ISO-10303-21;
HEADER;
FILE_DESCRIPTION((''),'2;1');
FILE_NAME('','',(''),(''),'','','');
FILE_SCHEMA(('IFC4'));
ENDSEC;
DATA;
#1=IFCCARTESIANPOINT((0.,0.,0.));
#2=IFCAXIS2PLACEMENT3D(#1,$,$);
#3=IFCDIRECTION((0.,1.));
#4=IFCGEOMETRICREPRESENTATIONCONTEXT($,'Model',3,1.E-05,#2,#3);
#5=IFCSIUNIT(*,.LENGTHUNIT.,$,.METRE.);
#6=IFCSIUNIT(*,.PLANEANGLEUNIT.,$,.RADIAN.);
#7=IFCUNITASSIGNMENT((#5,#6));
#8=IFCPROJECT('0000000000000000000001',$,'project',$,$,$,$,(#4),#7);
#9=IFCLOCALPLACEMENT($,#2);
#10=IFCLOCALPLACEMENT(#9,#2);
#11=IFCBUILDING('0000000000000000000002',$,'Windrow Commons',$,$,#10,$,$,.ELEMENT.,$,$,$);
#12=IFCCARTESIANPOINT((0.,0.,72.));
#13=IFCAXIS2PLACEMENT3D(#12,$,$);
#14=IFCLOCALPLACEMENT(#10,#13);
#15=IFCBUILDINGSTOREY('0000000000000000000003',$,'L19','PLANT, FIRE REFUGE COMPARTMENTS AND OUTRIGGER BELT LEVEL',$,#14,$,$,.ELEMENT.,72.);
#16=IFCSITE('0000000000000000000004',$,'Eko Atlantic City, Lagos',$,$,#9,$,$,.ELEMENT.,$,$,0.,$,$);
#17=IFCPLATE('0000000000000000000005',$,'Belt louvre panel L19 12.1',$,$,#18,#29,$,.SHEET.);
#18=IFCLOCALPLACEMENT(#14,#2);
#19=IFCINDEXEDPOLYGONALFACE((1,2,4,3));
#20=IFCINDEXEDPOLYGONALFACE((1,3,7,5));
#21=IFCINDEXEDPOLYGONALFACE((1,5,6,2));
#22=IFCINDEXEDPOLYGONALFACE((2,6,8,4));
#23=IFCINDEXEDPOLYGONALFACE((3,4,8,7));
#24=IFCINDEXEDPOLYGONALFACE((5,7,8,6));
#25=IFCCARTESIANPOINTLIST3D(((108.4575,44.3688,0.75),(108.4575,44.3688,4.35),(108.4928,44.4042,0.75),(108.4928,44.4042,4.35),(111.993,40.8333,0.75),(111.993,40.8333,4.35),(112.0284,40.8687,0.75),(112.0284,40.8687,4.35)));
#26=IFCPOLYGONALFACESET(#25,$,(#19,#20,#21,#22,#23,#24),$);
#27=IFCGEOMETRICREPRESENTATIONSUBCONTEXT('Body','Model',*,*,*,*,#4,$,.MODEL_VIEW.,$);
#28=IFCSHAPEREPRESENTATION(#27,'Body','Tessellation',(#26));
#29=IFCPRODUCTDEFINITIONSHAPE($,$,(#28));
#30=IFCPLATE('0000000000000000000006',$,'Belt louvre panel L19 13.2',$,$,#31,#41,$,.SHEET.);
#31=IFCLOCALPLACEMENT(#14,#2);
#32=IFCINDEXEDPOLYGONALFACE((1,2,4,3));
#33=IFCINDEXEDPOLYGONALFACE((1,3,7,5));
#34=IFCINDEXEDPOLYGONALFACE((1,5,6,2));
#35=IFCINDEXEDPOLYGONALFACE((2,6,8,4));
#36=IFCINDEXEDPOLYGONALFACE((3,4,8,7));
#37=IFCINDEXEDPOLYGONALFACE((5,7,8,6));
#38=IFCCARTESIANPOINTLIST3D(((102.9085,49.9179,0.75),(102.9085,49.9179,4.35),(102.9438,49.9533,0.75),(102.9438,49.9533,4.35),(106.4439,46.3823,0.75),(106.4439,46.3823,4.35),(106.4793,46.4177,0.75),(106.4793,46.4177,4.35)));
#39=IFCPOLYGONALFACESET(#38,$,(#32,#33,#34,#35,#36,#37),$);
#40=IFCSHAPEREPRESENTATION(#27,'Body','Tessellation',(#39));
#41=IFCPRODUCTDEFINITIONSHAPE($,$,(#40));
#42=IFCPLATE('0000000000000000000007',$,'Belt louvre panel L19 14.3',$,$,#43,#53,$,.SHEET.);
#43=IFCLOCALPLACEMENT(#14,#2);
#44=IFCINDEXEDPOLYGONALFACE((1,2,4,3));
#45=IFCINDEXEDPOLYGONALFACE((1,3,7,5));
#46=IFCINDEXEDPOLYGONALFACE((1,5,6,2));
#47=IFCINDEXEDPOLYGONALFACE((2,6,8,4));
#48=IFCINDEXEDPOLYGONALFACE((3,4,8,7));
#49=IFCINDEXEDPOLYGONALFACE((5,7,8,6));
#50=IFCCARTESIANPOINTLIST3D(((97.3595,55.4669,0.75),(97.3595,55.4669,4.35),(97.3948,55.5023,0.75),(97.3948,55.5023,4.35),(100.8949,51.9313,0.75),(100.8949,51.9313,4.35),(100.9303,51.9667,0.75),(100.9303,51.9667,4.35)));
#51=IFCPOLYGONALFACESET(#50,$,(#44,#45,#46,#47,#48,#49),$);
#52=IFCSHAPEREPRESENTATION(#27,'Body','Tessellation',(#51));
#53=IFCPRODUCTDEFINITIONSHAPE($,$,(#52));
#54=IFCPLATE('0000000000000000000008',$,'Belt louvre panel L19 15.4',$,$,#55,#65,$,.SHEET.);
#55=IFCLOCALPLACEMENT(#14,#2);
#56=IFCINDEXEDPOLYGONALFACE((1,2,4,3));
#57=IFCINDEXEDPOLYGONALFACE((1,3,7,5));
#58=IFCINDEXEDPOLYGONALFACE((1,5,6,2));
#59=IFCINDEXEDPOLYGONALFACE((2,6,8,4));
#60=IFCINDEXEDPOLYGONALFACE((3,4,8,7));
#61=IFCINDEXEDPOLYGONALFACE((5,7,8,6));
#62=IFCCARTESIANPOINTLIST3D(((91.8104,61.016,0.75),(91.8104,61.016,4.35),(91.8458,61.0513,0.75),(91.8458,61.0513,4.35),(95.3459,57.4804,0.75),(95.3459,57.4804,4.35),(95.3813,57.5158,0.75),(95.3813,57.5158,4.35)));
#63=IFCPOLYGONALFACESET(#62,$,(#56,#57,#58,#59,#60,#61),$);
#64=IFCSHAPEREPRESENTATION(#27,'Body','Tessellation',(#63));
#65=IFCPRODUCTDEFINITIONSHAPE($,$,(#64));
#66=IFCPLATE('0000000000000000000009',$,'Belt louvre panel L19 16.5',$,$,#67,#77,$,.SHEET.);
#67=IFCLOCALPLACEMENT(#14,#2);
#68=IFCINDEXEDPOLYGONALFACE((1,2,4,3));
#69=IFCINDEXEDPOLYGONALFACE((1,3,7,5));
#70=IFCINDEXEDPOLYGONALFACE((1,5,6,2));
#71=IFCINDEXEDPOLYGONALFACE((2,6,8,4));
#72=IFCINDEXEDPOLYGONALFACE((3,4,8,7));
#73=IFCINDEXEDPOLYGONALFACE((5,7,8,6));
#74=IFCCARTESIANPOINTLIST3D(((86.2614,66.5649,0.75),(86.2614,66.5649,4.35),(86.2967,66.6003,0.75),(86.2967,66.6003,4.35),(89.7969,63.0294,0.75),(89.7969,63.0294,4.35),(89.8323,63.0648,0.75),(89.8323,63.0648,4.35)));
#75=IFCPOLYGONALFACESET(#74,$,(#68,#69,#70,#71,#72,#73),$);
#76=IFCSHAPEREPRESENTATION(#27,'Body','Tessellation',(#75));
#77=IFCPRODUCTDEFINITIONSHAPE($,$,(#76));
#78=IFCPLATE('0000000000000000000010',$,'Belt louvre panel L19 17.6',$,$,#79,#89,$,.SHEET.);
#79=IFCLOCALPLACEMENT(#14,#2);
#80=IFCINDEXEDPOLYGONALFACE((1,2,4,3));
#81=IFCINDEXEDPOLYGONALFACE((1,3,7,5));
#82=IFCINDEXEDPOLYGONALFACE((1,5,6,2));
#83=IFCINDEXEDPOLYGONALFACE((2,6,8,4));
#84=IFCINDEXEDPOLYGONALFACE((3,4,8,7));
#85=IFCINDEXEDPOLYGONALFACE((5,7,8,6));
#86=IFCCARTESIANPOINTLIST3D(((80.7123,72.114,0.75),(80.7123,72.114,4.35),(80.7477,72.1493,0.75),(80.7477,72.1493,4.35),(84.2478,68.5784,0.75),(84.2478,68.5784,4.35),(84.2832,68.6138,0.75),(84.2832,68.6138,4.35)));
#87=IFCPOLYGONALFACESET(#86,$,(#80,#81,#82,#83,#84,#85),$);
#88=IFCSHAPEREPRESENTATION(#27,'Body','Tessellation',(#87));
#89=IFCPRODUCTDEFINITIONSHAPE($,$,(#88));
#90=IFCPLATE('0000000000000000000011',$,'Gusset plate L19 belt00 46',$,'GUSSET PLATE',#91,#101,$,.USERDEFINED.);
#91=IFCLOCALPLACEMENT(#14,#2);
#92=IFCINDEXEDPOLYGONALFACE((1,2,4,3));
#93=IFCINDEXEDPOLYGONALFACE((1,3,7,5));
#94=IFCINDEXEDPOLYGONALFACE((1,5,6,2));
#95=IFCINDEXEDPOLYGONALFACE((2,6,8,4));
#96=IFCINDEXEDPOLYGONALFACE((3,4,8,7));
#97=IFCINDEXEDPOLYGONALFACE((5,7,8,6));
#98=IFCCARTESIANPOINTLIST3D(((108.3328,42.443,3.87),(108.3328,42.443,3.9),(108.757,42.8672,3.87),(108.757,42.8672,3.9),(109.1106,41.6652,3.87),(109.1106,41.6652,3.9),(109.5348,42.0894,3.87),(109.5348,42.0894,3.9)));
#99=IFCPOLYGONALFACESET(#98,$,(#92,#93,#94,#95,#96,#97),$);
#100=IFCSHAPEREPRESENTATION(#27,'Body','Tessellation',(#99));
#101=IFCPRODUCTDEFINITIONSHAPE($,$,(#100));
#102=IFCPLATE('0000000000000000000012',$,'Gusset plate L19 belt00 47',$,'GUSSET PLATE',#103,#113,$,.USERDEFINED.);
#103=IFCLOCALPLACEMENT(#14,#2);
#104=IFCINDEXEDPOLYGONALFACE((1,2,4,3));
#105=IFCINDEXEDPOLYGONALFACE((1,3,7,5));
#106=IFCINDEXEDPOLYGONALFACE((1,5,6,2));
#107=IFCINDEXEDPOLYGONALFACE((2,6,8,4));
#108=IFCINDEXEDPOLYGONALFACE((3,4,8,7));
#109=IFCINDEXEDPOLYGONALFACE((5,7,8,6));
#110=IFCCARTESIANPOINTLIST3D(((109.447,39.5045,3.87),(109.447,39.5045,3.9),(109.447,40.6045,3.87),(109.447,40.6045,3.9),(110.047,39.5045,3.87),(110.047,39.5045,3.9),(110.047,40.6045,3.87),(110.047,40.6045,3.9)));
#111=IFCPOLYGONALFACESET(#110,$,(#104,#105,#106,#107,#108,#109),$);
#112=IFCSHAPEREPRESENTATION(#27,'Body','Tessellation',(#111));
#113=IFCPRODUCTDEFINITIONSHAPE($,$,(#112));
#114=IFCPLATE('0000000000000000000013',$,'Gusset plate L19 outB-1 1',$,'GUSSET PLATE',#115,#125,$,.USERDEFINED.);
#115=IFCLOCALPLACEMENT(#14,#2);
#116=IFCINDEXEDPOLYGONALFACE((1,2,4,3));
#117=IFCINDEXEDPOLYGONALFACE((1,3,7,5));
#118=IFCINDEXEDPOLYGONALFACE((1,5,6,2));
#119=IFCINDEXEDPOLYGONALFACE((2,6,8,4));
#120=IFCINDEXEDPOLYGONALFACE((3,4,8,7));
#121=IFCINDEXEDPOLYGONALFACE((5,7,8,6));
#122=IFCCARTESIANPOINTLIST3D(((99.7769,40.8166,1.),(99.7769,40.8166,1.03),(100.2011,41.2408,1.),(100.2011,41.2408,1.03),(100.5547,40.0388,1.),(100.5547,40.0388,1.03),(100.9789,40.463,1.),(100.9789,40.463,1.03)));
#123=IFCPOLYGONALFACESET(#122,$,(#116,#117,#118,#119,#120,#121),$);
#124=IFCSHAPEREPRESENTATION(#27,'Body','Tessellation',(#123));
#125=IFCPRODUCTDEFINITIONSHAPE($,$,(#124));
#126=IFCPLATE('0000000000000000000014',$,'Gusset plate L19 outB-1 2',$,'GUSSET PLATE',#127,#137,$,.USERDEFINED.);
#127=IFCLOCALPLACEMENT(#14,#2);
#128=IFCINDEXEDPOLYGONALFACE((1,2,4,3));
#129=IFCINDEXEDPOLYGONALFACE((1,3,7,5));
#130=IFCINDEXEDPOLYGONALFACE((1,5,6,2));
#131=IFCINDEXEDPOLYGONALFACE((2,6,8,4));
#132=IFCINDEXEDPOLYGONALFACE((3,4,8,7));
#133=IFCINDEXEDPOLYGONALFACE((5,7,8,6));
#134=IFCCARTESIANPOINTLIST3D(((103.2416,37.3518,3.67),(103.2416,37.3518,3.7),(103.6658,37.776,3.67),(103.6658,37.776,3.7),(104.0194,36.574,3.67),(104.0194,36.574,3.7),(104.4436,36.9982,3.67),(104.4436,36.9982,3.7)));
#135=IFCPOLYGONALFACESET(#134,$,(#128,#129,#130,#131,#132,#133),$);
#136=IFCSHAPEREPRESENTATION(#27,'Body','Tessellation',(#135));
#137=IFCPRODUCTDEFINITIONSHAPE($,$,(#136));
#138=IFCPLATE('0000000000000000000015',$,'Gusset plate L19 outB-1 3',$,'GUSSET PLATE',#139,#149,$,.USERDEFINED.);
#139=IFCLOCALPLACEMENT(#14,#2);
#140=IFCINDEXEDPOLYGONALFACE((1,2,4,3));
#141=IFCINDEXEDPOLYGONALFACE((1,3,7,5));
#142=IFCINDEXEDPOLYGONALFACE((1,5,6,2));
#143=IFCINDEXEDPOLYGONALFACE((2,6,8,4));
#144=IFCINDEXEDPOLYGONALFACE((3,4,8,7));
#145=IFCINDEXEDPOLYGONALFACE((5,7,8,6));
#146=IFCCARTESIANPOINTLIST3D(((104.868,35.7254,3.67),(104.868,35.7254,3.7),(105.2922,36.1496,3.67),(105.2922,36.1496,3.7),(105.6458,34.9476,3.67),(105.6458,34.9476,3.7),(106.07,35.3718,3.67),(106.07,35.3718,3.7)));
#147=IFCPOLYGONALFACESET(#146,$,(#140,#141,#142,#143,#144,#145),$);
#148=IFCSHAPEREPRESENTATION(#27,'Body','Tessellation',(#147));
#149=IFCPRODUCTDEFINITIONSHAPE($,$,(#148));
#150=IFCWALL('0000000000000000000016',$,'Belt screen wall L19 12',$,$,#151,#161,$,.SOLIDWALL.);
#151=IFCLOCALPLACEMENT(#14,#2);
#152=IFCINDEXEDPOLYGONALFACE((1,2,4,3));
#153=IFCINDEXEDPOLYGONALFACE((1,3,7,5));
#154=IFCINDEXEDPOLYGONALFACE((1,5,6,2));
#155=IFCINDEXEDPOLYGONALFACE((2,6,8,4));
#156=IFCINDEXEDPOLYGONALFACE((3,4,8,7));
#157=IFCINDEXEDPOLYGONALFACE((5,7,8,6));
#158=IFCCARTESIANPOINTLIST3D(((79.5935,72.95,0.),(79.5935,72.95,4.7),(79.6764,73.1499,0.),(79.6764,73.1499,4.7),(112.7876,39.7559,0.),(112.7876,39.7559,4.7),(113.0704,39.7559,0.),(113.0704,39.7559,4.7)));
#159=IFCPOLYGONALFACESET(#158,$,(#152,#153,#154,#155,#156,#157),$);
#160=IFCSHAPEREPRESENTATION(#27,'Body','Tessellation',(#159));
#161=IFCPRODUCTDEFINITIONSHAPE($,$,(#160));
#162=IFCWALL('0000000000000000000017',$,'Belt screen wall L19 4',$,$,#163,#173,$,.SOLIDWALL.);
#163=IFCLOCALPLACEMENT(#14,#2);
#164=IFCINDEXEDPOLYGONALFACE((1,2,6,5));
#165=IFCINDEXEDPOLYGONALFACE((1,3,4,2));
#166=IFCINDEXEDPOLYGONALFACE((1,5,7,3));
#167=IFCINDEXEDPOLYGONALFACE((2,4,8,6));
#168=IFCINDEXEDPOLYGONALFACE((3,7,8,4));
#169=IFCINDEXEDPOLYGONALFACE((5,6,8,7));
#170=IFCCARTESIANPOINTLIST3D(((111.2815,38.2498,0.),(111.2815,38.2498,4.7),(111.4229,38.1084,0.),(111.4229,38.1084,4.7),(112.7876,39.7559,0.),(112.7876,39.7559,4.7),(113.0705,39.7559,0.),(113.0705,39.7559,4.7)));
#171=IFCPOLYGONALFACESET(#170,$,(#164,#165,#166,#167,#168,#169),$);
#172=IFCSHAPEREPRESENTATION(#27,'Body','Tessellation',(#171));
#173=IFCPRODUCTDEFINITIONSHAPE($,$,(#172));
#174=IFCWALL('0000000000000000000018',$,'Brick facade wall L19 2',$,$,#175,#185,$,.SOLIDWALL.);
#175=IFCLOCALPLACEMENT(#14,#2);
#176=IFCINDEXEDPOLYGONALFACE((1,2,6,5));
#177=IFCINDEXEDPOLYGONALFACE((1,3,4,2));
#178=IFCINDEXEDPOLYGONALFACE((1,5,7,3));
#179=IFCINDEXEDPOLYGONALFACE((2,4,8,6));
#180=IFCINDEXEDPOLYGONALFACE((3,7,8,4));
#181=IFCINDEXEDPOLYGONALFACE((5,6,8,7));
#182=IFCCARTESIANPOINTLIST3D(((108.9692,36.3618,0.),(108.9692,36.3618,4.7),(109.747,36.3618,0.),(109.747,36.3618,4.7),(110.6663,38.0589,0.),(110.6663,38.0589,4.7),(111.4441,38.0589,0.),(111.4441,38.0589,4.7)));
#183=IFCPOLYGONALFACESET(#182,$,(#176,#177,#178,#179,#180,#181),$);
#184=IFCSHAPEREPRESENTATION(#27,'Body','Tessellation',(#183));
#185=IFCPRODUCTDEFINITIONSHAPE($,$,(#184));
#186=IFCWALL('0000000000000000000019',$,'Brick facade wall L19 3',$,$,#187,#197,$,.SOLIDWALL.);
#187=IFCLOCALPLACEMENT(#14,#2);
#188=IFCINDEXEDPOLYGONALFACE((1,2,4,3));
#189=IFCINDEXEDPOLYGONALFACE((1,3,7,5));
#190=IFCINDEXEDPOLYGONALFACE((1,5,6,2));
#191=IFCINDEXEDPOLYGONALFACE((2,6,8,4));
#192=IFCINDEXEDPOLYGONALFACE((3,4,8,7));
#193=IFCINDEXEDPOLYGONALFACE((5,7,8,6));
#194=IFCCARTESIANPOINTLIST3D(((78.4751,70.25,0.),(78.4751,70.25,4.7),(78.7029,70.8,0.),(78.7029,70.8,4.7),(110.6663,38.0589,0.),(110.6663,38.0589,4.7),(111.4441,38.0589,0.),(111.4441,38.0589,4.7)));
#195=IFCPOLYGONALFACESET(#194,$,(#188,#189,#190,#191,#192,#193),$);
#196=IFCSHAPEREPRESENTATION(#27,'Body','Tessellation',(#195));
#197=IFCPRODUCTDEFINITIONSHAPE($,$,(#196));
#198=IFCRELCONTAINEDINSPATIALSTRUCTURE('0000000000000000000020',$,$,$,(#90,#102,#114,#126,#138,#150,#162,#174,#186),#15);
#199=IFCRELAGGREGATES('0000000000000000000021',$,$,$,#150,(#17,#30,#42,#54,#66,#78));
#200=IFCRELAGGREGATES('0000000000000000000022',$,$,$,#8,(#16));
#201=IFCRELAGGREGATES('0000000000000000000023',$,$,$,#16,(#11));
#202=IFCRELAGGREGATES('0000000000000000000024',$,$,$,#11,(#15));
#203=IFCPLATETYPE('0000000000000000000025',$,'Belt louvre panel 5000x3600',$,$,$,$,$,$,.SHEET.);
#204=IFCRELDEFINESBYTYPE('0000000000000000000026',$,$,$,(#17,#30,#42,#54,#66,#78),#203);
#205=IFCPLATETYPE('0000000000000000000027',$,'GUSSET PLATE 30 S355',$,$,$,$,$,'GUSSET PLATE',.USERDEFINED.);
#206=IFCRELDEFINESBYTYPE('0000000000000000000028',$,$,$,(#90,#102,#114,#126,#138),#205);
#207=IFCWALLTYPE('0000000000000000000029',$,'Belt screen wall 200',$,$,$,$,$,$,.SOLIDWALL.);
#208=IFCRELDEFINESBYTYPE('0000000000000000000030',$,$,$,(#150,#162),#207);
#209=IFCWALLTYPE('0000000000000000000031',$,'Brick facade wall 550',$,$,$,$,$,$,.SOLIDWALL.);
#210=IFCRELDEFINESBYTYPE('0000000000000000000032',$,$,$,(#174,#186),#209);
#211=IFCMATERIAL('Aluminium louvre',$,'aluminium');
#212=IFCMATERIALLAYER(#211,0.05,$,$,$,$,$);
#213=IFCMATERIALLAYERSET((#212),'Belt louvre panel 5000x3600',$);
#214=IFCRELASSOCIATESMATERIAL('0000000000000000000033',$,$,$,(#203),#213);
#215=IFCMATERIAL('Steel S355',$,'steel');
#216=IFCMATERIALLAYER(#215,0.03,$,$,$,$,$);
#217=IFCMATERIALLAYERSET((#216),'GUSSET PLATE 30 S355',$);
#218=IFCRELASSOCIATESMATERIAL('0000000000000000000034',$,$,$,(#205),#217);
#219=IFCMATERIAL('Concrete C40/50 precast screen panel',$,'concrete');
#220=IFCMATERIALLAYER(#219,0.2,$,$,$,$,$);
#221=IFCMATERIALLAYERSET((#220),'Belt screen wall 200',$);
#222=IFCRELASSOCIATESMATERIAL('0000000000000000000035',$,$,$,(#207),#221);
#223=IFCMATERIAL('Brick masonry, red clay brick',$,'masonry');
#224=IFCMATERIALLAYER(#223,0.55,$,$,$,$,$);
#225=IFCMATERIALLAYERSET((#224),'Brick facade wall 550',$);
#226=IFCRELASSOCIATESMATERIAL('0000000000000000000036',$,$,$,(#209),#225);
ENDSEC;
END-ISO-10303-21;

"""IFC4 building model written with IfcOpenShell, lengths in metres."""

from ifc_helpers import new_model, si_unit, direction, frame, origin, origin_2d, place, context, subcontext, project, spatial, polyline, rectangle, outline, extrude, material, layer, layer_set, type_object, element, aggregate, save


model = new_model("IFC4")

# Units and contexts
model_context = context("Model", 3, precision=1e-05, world=origin(), true_north=direction((0.0, 1.0)))
body_context = subcontext(model_context, "Body", "Model", "MODEL_VIEW")
ifc_project = project(units=[si_unit("LENGTHUNIT", "METRE"), si_unit("PLANEANGLEUNIT", "RADIAN")], contexts=[model_context])

# Site, building, storey
site_placement = place(None, origin())
site = spatial("IfcSite", under=ifc_project, at=site_placement, Name="Eko Atlantic City, Lagos", CompositionType="ELEMENT", RefElevation=0.0)
building_placement = place(site_placement, origin())
building = spatial("IfcBuilding", under=site, at=building_placement, Name="Windrow Commons", CompositionType="ELEMENT")
storey_placement = place(building_placement, frame((0.0, 0.0, 72.0)))
storey = spatial("IfcBuildingStorey", under=building, at=storey_placement, Name="L19", Description="PLANT, FIRE REFUGE COMPARTMENTS AND OUTRIGGER BELT LEVEL", CompositionType="ELEMENT", Elevation=72.0)

# Plates
ifc_material_1 = material(Name="Aluminium louvre", Category="aluminium")
ifc_layer_1 = layer(ifc_material_1, 0.05)
ifc_layer_set_1 = layer_set([ifc_layer_1], Name="Belt louvre panel 5000x3600")
plate_type_1 = type_object("IfcPlateType", Name="Belt louvre panel 5000x3600", PredefinedType="SHEET", material=ifc_layer_set_1)
plate_1_placement = place(storey_placement, frame((112.0284, 40.8687, 0.75), z_axis=(0.707097, 0.707117, 0.0), x_axis=(-0.707117, 0.707097, 0.0)))
plate_1 = element("IfcPlate", 1, at=plate_1_placement, type_object=plate_type_1, Name="Belt louvre panel L19 12.1", PredefinedType="SHEET", context=body_context, shape_type="SweptSolid", body=[
    extrude(outline(polyline([(0.0, 0.0), (5.0, 0.0), (5.0, 3.6), (0.0, 3.6), (0.0, 0.0)])), origin(), (0.0, 0.0, -1.0), 0.05),
])
plate_2_placement = place(storey_placement, frame((106.4793, 46.4177, 0.75), z_axis=(0.707117, 0.707097, 0.0), x_axis=(-0.707097, 0.707117, 0.0)))
plate_2 = element("IfcPlate", 2, at=plate_2_placement, type_object=plate_type_1, Name="Belt louvre panel L19 13.2", PredefinedType="SHEET", context=body_context, shape_type="SweptSolid", body=[
    extrude(outline(polyline([(0.0, 0.0), (5.0, 0.0), (5.0, 3.6), (0.0, 3.6), (0.0, 0.0)])), origin(), (0.0, 0.0, -1.0), 0.05),
])
plate_3_placement = place(storey_placement, frame((100.9303, 51.9667, 0.75), z_axis=(0.707117, 0.707097, 0.0), x_axis=(-0.707097, 0.707117, 0.0)))
plate_3 = element("IfcPlate", 3, at=plate_3_placement, type_object=plate_type_1, Name="Belt louvre panel L19 14.3", PredefinedType="SHEET", context=body_context, shape_type="SweptSolid", body=[
    extrude(outline(polyline([(0.0, 0.0), (5.0, 0.0), (5.0, 3.6), (0.0, 3.6), (0.0, 0.0)])), origin(), (0.0, 0.0, -1.0), 0.05),
])
plate_4_placement = place(storey_placement, frame((95.3813, 57.5158, 0.75), z_axis=(0.707107, 0.707107, 0.0), x_axis=(-0.707107, 0.707107, 0.0)))
plate_4 = element("IfcPlate", 4, at=plate_4_placement, type_object=plate_type_1, Name="Belt louvre panel L19 15.4", PredefinedType="SHEET", context=body_context, shape_type="SweptSolid", body=[
    extrude(outline(polyline([(0.0, 0.0), (5.0, 0.0), (5.0, 3.6), (0.0, 3.6), (0.0, 0.0)])), origin(), (0.0, 0.0, -1.0), 0.05),
])
plate_5_placement = place(storey_placement, frame((89.8323, 63.0648, 0.75), z_axis=(0.707097, 0.707117, 0.0), x_axis=(-0.707117, 0.707097, 0.0)))
plate_5 = element("IfcPlate", 5, at=plate_5_placement, type_object=plate_type_1, Name="Belt louvre panel L19 16.5", PredefinedType="SHEET", context=body_context, shape_type="SweptSolid", body=[
    extrude(outline(polyline([(0.0, 0.0), (5.0, 0.0), (5.0, 3.6), (0.0, 3.6), (0.0, 0.0)])), origin(), (0.0, 0.0, -1.0), 0.05),
])
plate_6_placement = place(storey_placement, frame((84.2832, 68.6138, 0.75), z_axis=(0.707107, 0.707107, 0.0), x_axis=(-0.707107, 0.707107, 0.0)))
plate_6 = element("IfcPlate", 6, at=plate_6_placement, type_object=plate_type_1, Name="Belt louvre panel L19 17.6", PredefinedType="SHEET", context=body_context, shape_type="SweptSolid", body=[
    extrude(outline(polyline([(0.0, 0.0), (5.0, 0.0), (5.0, 3.6), (0.0, 3.6), (0.0, 0.0)])), origin(), (0.0, 0.0, -1.0), 0.05),
])

# Plates
ifc_material_2 = material(Name="Steel S355", Category="steel")
ifc_layer_2 = layer(ifc_material_2, 0.03)
ifc_layer_set_2 = layer_set([ifc_layer_2], Name="GUSSET PLATE 30 S355")
plate_type_2 = type_object("IfcPlateType", Name="GUSSET PLATE 30 S355", ElementType="GUSSET PLATE", PredefinedType="USERDEFINED", material=ifc_layer_set_2)
for number, where, z_axis, x_axis, name in (
    (7, (108.9338, 42.2662, 3.87), (0.0, 0.0, 1.0), (0.707107, -0.707107, 0.0), "Gusset plate L19 belt00 46"),
    (8, (109.747, 40.0545, 3.87), (0.0, 0.0, 1.0), (0.0, -1.0, 0.0), "Gusset plate L19 belt00 47"),
    (9, (100.3779, 40.6398, 1.0), (0.0, 0.0, 1.0), (0.707099, -0.707114, 0.0), "Gusset plate L19 outB-1 1"),
    (10, (103.8426, 37.175, 3.67), (0.0, 0.0, 1.0), (0.707099, -0.707114, 0.0), "Gusset plate L19 outB-1 2"),
    (11, (105.469, 35.5486, 3.67), (0.0, 0.0, 1.0), (0.707107, -0.707107, 0.0), "Gusset plate L19 outB-1 3"),
):
    element("IfcPlate", number, at=place(storey_placement, frame(where, z_axis=z_axis, x_axis=x_axis)), inside=storey, type_object=plate_type_2, Name=name, ObjectType="GUSSET PLATE", PredefinedType="USERDEFINED", context=body_context, shape_type="SweptSolid", body=[
        extrude(rectangle(XDim=1.1, YDim=0.6, at=origin_2d()), origin(), (0.0, 0.0, 1.0), 0.03),
    ])

# Wall
ifc_material_3 = material(Name="Concrete C40/50 precast screen panel", Category="concrete")
ifc_layer_3 = layer(ifc_material_3, 0.2)
ifc_layer_set_3 = layer_set([ifc_layer_3], Name="Belt screen wall 200")
wall_type_1 = type_object("IfcWallType", Name="Belt screen wall 200", PredefinedType="SOLIDWALL", material=ifc_layer_set_3)
wall_1_placement = place(storey_placement, frame((112.929, 39.7559, 0.0), z_axis=(0.0, 0.0, 1.0), x_axis=(-0.707107, 0.707107, 0.0)))
wall_1 = element("IfcWall", 12, at=wall_1_placement, inside=storey, type_object=wall_type_1, Name="Belt screen wall L19 12", PredefinedType="SOLIDWALL", context=body_context, shape_type="SweptSolid", body=[
    extrude(outline(polyline([(-0.1, -0.1), (47.1263, -0.1), (47.0435, 0.1), (0.1, 0.1), (-0.1, -0.1)])), origin(), (0.0, 0.0, 1.0), 4.7),
])
aggregate(wall_1, [plate_1, plate_2, plate_3, plate_4, plate_5, plate_6])

# Walls
wall_2_placement = place(storey_placement, frame((111.3522, 38.1791, 0.0), z_axis=(0.0, 0.0, 1.0), x_axis=(0.707107, 0.707107, 0.0)))
element("IfcWall", 13, at=wall_2_placement, inside=storey, type_object=wall_type_1, Name="Belt screen wall L19 4", PredefinedType="SOLIDWALL", context=body_context, shape_type="SweptSolid", body=[
    extrude(outline(polyline([(0.0, -0.1), (2.33, -0.1), (2.13, 0.1), (0.0, 0.1), (0.0, -0.1)])), origin(), (0.0, 0.0, 1.0), 4.7),
])
ifc_material_4 = material(Name="Brick masonry, red clay brick", Category="masonry")
ifc_layer_4 = layer(ifc_material_4, 0.55)
ifc_layer_set_4 = layer_set([ifc_layer_4], Name="Brick facade wall 550")
wall_type_2 = type_object("IfcWallType", Name="Brick facade wall 550", PredefinedType="SOLIDWALL", material=ifc_layer_set_4)
wall_3_placement = place(storey_placement, frame((109.3581, 36.3618, 0.0), z_axis=(0.0, 0.0, 1.0), x_axis=(0.707107, 0.707107, 0.0)))
element("IfcWall", 14, at=wall_3_placement, inside=storey, type_object=wall_type_2, Name="Brick facade wall L19 2", PredefinedType="SOLIDWALL", context=body_context, shape_type="SweptSolid", body=[
    extrude(outline(polyline([(0.275, -0.275), (2.6751, -0.275), (2.1251, 0.275), (-0.275, 0.275), (0.275, -0.275)])), origin(), (0.0, 0.0, 1.0), 4.7),
])
wall_4_placement = place(storey_placement, frame((111.0552, 38.0589, 0.0), z_axis=(0.0, 0.0, 1.0), x_axis=(-0.707108, 0.707106, 0.0)))
element("IfcWall", 15, at=wall_4_placement, inside=storey, type_object=wall_type_2, Name="Brick facade wall L19 3", PredefinedType="SOLIDWALL", context=body_context, shape_type="SweptSolid", body=[
    extrude(outline(polyline([(-0.275, -0.275), (46.028, -0.275), (45.8002, 0.275), (0.275, 0.275), (-0.275, -0.275)])), origin(), (0.0, 0.0, 1.0), 4.7),
])

save(model, "model.ifc")
